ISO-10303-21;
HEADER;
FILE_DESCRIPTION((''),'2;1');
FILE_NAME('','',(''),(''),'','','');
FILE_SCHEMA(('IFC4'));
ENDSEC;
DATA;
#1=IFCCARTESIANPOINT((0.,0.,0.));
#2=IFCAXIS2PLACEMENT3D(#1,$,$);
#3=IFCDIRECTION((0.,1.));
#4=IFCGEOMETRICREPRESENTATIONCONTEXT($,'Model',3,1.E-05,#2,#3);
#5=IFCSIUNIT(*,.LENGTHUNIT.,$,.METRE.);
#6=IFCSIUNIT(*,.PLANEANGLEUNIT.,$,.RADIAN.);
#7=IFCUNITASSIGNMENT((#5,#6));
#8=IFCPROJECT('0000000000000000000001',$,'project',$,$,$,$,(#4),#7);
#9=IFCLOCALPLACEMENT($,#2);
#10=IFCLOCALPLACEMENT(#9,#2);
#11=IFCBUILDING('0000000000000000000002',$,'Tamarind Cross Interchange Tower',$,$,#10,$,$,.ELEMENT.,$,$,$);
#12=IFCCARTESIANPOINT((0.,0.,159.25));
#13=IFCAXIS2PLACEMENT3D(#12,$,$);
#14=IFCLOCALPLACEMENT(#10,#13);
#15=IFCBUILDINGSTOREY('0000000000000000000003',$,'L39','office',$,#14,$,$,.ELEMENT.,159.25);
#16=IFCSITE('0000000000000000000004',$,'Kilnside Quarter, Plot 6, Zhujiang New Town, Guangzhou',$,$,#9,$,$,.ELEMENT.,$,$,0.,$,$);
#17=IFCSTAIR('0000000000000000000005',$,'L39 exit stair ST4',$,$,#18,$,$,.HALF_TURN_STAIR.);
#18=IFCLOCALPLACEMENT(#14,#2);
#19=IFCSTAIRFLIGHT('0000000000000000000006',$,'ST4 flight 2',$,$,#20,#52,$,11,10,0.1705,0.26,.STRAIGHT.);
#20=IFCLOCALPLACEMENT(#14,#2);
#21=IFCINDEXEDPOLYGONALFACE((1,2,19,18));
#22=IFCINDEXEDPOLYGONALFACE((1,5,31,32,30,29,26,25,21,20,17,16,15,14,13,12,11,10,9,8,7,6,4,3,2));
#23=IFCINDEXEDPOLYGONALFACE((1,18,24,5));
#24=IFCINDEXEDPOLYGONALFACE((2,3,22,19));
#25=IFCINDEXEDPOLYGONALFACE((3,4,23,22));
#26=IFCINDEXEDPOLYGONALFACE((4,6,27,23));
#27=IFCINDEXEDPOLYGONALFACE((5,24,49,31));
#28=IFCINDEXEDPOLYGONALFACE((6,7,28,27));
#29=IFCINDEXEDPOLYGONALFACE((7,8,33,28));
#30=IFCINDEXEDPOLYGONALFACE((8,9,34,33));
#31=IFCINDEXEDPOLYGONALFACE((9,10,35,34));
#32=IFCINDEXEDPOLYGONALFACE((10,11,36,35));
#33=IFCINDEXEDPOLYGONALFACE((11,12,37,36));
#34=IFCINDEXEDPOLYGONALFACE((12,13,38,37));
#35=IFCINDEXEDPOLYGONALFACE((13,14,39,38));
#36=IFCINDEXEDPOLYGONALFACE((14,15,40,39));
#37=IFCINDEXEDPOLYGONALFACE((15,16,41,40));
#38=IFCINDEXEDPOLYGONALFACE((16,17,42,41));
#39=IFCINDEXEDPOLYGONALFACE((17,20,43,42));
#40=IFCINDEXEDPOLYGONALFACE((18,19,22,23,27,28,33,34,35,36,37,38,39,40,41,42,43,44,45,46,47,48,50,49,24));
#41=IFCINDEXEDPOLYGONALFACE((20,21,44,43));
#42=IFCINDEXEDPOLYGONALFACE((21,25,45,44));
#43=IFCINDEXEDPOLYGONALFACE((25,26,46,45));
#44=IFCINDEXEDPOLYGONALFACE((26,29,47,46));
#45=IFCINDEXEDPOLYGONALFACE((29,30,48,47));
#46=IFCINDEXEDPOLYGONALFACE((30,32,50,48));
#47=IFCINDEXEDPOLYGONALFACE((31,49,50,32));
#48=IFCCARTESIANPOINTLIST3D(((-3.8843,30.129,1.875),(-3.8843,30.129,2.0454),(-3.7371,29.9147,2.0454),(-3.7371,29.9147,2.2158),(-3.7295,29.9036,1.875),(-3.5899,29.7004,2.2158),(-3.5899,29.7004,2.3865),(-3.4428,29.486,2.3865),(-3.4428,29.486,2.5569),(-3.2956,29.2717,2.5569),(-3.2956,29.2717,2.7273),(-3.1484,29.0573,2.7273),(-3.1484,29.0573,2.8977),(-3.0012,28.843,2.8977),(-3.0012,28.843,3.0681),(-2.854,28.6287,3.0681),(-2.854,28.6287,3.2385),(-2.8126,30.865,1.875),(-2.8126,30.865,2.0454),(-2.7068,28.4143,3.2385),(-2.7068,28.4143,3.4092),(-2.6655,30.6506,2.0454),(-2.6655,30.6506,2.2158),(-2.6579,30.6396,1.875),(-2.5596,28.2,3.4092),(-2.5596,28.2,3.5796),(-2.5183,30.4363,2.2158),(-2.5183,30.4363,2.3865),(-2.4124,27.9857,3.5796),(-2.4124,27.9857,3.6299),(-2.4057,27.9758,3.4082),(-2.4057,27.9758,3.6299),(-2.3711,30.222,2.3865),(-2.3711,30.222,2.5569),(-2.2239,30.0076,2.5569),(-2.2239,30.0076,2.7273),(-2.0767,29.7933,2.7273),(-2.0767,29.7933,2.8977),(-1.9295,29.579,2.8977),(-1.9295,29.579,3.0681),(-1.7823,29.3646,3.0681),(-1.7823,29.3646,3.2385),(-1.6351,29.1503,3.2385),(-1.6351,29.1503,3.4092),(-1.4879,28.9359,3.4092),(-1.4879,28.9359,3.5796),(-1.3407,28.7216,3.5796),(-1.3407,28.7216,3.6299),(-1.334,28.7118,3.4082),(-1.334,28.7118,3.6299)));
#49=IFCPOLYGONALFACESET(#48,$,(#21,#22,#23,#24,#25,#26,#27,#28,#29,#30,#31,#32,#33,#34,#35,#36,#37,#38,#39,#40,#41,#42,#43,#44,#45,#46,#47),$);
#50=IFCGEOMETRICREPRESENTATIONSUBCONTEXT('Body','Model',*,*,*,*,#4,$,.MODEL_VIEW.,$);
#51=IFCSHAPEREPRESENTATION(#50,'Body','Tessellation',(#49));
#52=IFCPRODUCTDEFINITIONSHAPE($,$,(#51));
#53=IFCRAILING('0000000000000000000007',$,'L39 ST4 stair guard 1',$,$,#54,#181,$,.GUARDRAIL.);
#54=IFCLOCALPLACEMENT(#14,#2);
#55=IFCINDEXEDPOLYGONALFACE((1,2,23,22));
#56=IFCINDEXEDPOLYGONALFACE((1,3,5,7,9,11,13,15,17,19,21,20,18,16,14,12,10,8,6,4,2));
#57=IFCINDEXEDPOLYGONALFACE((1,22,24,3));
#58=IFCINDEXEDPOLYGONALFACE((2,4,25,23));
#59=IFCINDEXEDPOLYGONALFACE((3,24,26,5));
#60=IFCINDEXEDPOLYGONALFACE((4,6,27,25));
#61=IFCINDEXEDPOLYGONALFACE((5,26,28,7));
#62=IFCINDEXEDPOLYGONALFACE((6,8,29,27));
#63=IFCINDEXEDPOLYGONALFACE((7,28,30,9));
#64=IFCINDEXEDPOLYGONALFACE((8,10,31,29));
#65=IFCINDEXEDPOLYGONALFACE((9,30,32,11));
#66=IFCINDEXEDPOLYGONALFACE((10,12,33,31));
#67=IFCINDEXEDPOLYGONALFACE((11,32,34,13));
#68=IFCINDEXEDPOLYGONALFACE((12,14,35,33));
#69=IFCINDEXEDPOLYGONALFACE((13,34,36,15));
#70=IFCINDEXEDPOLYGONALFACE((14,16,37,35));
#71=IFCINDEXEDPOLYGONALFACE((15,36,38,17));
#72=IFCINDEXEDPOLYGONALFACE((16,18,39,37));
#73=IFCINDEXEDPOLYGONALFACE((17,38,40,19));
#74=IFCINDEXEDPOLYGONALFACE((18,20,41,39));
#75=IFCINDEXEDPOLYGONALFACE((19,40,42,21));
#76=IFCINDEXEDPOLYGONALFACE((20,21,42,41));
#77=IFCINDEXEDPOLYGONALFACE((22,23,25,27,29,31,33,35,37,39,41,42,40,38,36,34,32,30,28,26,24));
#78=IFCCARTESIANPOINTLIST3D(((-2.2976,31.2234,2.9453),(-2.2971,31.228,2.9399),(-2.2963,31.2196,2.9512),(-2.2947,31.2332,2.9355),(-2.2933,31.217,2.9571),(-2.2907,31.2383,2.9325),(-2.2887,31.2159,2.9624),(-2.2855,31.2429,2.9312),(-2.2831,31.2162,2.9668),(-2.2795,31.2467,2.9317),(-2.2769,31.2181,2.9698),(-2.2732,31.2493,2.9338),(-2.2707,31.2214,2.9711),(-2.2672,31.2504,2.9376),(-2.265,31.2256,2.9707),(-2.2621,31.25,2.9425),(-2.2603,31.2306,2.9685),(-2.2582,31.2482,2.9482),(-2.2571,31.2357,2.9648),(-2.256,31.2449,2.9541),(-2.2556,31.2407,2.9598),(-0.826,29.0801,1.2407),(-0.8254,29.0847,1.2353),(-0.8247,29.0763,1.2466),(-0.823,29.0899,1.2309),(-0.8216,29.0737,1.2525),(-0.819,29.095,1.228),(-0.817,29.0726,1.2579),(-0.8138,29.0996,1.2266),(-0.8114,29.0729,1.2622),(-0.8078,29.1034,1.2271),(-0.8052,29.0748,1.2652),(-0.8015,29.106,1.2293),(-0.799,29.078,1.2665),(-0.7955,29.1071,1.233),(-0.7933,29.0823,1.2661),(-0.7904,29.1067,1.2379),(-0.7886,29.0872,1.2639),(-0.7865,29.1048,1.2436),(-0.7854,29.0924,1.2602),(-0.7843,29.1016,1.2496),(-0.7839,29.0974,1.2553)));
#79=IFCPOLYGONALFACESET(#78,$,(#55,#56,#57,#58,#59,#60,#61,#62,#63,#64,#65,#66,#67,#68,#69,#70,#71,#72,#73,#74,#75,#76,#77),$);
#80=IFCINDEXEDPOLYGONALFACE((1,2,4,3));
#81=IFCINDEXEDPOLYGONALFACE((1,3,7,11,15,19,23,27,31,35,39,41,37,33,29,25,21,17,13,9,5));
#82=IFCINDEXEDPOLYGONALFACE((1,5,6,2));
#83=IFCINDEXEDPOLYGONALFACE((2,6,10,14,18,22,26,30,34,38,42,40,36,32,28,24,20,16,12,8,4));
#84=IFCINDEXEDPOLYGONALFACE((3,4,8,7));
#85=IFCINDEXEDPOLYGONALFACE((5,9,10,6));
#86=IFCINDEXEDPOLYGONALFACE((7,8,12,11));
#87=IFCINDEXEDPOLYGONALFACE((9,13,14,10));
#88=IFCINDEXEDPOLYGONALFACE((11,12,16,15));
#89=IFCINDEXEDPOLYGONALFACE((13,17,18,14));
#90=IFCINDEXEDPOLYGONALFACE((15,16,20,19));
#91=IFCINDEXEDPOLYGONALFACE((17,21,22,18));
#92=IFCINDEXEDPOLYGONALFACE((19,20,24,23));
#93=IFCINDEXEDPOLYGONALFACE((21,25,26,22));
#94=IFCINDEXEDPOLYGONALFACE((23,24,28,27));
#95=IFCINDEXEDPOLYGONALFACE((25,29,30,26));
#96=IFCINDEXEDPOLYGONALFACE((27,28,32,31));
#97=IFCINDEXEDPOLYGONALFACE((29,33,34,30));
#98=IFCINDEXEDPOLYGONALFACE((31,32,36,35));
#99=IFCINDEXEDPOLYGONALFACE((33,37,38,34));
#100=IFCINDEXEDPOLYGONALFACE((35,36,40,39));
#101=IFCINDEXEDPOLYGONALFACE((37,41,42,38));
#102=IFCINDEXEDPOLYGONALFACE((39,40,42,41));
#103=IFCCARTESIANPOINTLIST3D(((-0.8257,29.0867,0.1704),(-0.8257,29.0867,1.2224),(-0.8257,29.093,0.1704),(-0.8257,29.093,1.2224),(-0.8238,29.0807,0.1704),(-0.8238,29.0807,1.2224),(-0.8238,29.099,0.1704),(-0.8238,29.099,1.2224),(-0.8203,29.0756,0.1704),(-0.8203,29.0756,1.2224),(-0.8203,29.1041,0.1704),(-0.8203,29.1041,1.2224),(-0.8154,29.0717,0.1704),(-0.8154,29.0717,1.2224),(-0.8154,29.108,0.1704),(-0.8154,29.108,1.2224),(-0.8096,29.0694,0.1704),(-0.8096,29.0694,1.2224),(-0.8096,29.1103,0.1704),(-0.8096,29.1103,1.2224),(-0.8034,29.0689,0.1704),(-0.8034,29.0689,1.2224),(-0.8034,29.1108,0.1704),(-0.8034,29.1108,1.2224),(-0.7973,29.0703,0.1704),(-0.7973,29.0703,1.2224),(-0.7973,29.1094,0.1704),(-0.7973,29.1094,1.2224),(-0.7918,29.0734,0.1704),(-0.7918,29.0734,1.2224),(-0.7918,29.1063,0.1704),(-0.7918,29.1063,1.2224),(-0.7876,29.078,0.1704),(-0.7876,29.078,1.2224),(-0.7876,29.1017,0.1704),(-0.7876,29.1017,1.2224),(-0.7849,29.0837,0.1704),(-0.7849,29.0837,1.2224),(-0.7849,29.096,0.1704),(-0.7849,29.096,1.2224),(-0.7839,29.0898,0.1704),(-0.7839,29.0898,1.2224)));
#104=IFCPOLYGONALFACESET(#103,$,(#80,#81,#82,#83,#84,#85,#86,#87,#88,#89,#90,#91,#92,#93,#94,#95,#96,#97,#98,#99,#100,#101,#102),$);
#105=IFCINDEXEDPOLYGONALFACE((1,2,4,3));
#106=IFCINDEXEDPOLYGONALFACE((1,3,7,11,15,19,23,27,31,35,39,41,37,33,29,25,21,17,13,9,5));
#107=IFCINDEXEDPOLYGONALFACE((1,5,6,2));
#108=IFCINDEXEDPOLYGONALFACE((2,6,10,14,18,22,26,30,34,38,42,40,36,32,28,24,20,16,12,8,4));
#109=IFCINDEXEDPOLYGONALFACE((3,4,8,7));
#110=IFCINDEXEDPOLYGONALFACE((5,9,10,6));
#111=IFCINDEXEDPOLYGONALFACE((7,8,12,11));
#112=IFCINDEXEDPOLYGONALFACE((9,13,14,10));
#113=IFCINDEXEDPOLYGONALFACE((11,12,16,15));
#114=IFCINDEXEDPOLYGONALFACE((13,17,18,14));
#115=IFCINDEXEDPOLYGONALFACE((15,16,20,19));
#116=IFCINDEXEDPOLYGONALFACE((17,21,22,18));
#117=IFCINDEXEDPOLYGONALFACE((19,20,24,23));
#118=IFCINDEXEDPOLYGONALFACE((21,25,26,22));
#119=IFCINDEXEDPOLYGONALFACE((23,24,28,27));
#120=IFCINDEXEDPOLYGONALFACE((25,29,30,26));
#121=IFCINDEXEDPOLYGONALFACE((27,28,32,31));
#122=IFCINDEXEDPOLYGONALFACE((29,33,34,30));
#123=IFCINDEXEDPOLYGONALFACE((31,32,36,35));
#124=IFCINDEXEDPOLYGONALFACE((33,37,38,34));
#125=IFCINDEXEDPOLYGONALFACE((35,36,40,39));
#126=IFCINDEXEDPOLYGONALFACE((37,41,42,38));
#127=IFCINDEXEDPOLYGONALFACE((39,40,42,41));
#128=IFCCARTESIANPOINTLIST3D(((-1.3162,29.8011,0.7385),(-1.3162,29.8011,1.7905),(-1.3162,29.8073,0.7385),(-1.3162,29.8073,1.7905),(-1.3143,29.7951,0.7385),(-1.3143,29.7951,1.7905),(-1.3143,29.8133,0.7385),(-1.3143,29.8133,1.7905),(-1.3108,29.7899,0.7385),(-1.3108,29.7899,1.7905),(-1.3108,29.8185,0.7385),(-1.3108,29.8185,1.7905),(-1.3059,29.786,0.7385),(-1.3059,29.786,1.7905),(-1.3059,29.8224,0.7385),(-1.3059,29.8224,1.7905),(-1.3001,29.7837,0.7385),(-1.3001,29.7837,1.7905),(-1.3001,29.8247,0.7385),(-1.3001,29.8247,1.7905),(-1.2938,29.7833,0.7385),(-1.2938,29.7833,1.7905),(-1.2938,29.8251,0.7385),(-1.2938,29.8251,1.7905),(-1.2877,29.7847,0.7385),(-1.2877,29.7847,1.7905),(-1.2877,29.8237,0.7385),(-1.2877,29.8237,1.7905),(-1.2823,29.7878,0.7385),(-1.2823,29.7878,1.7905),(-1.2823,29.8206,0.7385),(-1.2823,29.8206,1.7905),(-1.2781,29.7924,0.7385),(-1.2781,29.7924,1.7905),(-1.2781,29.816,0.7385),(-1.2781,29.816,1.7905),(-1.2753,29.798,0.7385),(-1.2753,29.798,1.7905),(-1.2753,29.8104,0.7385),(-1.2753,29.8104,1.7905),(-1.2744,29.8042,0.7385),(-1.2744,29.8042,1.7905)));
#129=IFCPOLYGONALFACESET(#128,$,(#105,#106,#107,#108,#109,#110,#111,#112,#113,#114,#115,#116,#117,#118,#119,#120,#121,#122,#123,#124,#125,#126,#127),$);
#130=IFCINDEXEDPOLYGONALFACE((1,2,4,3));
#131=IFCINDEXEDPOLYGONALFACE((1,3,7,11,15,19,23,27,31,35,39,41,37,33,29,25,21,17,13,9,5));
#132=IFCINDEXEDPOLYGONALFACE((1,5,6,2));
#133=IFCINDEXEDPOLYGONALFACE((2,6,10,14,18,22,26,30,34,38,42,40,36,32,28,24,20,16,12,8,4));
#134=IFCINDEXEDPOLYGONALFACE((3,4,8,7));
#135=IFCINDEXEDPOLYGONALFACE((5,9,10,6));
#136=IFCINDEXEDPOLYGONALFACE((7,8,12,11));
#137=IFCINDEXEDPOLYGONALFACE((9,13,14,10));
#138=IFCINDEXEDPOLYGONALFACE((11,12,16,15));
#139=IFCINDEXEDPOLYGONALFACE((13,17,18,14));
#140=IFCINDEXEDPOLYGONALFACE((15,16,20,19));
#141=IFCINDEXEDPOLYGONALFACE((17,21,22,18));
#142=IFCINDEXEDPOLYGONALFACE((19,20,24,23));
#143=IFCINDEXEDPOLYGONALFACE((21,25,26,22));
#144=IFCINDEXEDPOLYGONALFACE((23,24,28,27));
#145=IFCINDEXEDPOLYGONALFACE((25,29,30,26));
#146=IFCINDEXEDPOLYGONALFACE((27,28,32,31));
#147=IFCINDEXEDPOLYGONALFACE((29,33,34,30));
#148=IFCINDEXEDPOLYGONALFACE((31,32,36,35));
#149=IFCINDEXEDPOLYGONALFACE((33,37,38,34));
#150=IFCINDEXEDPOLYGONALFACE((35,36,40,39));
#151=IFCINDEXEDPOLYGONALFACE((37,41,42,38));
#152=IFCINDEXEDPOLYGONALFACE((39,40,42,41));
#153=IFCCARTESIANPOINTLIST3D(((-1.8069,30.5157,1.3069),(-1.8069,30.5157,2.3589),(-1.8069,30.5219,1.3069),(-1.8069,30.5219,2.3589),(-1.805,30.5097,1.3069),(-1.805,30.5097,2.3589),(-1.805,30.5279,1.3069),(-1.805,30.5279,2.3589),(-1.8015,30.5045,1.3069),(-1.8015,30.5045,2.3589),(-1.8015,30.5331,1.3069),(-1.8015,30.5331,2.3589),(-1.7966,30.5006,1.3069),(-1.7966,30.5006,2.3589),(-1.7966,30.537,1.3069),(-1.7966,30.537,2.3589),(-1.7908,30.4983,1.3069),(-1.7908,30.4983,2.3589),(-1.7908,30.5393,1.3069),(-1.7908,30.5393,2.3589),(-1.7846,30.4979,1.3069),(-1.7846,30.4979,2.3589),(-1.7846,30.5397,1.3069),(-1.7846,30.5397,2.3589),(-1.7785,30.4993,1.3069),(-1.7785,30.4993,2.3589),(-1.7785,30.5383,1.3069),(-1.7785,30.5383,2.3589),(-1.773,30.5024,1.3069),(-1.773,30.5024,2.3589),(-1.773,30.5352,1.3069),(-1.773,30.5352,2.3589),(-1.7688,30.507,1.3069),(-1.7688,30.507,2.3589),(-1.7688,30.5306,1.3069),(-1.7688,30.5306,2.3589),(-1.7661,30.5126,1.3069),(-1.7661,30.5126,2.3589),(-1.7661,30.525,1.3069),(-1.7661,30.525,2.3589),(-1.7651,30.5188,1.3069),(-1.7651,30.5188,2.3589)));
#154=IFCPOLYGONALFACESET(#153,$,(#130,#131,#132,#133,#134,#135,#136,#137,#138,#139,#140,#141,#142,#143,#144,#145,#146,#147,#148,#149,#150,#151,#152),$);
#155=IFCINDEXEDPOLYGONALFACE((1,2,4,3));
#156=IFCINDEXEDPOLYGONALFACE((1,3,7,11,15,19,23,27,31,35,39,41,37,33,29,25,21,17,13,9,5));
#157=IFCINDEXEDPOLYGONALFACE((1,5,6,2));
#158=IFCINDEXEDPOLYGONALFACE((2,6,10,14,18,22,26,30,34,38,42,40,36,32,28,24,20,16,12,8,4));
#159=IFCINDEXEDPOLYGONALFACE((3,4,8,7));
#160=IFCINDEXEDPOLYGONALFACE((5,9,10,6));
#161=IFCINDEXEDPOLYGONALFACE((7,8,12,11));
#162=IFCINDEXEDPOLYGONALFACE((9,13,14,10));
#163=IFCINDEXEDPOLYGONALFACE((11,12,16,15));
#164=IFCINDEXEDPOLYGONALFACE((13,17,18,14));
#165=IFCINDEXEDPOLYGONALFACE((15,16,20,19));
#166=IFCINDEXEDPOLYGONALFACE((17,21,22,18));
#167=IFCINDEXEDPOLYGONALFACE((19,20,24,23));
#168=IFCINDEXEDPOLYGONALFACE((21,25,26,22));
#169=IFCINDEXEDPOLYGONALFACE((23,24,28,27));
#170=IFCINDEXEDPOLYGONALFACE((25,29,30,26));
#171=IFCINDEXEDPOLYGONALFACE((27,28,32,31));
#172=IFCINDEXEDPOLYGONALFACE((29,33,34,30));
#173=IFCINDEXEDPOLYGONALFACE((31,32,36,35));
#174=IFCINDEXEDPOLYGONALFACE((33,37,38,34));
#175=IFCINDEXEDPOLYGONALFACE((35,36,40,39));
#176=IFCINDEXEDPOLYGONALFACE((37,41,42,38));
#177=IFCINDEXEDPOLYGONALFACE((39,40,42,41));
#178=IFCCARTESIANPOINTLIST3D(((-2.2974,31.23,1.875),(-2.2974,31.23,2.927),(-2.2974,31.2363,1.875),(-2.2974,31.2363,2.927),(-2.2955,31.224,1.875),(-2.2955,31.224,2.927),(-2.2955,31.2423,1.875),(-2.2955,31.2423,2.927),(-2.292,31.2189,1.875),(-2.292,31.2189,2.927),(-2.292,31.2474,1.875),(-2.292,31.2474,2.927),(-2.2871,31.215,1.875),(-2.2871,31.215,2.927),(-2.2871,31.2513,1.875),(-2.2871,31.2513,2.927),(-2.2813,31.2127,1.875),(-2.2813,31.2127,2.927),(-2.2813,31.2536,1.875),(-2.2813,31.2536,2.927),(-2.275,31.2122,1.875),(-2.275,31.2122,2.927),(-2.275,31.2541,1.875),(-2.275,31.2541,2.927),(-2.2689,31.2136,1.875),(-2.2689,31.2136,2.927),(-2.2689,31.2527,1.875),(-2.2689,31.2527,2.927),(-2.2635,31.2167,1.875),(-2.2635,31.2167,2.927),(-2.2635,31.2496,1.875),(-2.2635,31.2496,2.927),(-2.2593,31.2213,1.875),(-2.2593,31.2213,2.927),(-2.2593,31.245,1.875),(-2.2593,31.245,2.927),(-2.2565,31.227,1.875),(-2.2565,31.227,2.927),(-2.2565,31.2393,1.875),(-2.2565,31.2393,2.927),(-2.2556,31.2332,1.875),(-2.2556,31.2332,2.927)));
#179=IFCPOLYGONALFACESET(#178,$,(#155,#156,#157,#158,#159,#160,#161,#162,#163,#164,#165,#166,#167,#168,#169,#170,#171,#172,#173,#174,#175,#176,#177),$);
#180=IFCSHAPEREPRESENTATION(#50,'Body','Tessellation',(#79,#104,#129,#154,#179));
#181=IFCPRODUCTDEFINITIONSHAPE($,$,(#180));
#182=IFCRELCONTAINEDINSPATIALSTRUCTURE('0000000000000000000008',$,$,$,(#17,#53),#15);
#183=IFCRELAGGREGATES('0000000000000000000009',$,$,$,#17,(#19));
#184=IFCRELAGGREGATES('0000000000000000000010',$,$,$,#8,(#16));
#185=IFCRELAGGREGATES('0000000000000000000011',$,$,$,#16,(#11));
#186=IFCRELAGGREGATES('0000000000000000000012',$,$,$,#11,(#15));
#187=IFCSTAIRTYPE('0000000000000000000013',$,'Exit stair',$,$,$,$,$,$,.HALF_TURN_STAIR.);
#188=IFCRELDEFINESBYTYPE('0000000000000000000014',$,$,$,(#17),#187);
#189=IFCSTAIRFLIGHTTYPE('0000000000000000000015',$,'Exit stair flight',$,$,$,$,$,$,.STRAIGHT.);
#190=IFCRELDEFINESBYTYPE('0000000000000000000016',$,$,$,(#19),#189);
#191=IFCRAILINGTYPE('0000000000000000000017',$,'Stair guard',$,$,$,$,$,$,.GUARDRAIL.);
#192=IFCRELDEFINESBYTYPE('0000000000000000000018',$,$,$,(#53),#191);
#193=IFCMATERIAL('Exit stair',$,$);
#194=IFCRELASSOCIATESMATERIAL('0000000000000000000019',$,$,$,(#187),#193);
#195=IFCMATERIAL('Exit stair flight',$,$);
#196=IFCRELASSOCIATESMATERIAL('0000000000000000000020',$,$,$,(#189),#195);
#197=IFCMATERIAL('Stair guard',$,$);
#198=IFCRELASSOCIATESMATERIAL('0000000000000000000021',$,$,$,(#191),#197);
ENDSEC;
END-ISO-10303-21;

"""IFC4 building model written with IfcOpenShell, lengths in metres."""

from ifc_helpers import new_model, si_unit, direction, frame, origin, origin_2d, place, context, subcontext, project, spatial, polyline, circle, outline, extrude, material, type_object, element, aggregate, save


model = new_model("IFC4")

# Units and contexts
model_context = context("Model", 3, precision=1e-05, world=origin(), true_north=direction((0.0, 1.0)))
body_context = subcontext(model_context, "Body", "Model", "MODEL_VIEW")
ifc_project = project(units=[si_unit("LENGTHUNIT", "METRE"), si_unit("PLANEANGLEUNIT", "RADIAN")], contexts=[model_context])

# Site, building, storey
site_placement = place(None, origin())
site = spatial("IfcSite", under=ifc_project, at=site_placement, Name="Kilnside Quarter, Plot 6, Zhujiang New Town, Guangzhou", CompositionType="ELEMENT", RefElevation=0.0)
building_placement = place(site_placement, origin())
building = spatial("IfcBuilding", under=site, at=building_placement, Name="Tamarind Cross Interchange Tower", CompositionType="ELEMENT")
storey_placement = place(building_placement, frame((0.0, 0.0, 159.25)))
storey = spatial("IfcBuildingStorey", under=building, at=storey_placement, Name="L39", Description="office", CompositionType="ELEMENT", Elevation=159.25)

# Stair, stair flight
ifc_material_1 = material(Name="Exit stair")
stair_type = type_object("IfcStairType", Name="Exit stair", PredefinedType="HALF_TURN_STAIR", material=ifc_material_1)
stair_placement = place(storey_placement, origin())
stair = element("IfcStair", 1, at=stair_placement, inside=storey, type_object=stair_type, Name="L39 exit stair ST4", PredefinedType="HALF_TURN_STAIR")
ifc_material_2 = material(Name="Exit stair flight")
stair_flight_type = type_object("IfcStairFlightType", Name="Exit stair flight", PredefinedType="STRAIGHT", material=ifc_material_2)
stair_flight_1_placement = place(storey_placement, frame((-3.3484, 30.4971, 1.875), z_axis=(0.0, 0.0, 1.0), x_axis=(0.566096, -0.82434, 0.0)))
stair_flight_1 = element("IfcStairFlight", 2, at=stair_flight_1_placement, type_object=stair_flight_type, Name="ST4 flight 2", NumberOfRisers=11, NumberOfTreads=10, PredefinedType="STRAIGHT", RiserHeight=0.1705, TreadLength=0.26, context=body_context, shape_type="SweptSolid", body=[
    extrude(outline(polyline([(0.0, 0.0), (0.0, 0.1704), (0.26, 0.1704), (0.26, 0.3408), (0.52, 0.3408), (0.52, 0.5115), (0.78, 0.5115), (0.78, 0.6819), (1.04, 0.6819), (1.04, 0.8523), (1.3, 0.8523), (1.3, 1.0227), (1.5601, 1.0227), (1.5601, 1.1931), (1.8201, 1.1931), (1.8201, 1.3635), (2.0801, 1.3635), (2.0801, 1.5342), (2.3401, 1.5342), (2.3401, 1.7046), (2.6001, 1.7046), (2.6001, 1.7549), (2.6121, 1.7549), (2.6121, 1.5332), (0.2734, 0.0), (0.0, 0.0)])), frame((0.0, 0.6499, 0.0), z_axis=(0.0, -1.0, 0.0), x_axis=(1.0, 0.0, 0.0)), (0.0, 0.0, 1.0), 1.3),
])
aggregate(stair, [stair_flight_1])

# Railing
ifc_material_3 = material(Name="Stair guard")
railing_type_1 = type_object("IfcRailingType", Name="Stair guard", PredefinedType="GUARDRAIL", material=ifc_material_3)
railing_1_placement = place(storey_placement, frame((-0.8049, 29.0898, 0.1704)))
element("IfcRailing", 3, at=railing_1_placement, inside=storey, type_object=railing_type_1, Name="L39 ST4 stair guard 1", PredefinedType="GUARDRAIL", context=body_context, shape_type="SweptSolid", body=[
    extrude(circle(Radius=0.0239, at=origin_2d()), frame((0.0, 0.0, 1.0762), z_axis=(-0.473377, 0.689412, 0.548294), x_axis=(-0.824373, -0.566047, 0.0)), (0.0, 0.0, 1.0), 3.1089),
    extrude(circle(Radius=0.021, at=origin_2d()), origin(), (0.0, 0.0, 1.0), 1.052),
    extrude(circle(Radius=0.021, at=origin_2d()), frame((-0.4905, 0.7144, 0.5681)), (0.0, 0.0, 1.0), 1.052),
    extrude(circle(Radius=0.021, at=origin_2d()), frame((-0.9812, 1.429, 1.1365)), (0.0, 0.0, 1.0), 1.052),
    extrude(circle(Radius=0.021, at=origin_2d()), frame((-1.4717, 2.1433, 1.7046)), (0.0, 0.0, 1.0), 1.052),
])

save(model, "model.ifc")
